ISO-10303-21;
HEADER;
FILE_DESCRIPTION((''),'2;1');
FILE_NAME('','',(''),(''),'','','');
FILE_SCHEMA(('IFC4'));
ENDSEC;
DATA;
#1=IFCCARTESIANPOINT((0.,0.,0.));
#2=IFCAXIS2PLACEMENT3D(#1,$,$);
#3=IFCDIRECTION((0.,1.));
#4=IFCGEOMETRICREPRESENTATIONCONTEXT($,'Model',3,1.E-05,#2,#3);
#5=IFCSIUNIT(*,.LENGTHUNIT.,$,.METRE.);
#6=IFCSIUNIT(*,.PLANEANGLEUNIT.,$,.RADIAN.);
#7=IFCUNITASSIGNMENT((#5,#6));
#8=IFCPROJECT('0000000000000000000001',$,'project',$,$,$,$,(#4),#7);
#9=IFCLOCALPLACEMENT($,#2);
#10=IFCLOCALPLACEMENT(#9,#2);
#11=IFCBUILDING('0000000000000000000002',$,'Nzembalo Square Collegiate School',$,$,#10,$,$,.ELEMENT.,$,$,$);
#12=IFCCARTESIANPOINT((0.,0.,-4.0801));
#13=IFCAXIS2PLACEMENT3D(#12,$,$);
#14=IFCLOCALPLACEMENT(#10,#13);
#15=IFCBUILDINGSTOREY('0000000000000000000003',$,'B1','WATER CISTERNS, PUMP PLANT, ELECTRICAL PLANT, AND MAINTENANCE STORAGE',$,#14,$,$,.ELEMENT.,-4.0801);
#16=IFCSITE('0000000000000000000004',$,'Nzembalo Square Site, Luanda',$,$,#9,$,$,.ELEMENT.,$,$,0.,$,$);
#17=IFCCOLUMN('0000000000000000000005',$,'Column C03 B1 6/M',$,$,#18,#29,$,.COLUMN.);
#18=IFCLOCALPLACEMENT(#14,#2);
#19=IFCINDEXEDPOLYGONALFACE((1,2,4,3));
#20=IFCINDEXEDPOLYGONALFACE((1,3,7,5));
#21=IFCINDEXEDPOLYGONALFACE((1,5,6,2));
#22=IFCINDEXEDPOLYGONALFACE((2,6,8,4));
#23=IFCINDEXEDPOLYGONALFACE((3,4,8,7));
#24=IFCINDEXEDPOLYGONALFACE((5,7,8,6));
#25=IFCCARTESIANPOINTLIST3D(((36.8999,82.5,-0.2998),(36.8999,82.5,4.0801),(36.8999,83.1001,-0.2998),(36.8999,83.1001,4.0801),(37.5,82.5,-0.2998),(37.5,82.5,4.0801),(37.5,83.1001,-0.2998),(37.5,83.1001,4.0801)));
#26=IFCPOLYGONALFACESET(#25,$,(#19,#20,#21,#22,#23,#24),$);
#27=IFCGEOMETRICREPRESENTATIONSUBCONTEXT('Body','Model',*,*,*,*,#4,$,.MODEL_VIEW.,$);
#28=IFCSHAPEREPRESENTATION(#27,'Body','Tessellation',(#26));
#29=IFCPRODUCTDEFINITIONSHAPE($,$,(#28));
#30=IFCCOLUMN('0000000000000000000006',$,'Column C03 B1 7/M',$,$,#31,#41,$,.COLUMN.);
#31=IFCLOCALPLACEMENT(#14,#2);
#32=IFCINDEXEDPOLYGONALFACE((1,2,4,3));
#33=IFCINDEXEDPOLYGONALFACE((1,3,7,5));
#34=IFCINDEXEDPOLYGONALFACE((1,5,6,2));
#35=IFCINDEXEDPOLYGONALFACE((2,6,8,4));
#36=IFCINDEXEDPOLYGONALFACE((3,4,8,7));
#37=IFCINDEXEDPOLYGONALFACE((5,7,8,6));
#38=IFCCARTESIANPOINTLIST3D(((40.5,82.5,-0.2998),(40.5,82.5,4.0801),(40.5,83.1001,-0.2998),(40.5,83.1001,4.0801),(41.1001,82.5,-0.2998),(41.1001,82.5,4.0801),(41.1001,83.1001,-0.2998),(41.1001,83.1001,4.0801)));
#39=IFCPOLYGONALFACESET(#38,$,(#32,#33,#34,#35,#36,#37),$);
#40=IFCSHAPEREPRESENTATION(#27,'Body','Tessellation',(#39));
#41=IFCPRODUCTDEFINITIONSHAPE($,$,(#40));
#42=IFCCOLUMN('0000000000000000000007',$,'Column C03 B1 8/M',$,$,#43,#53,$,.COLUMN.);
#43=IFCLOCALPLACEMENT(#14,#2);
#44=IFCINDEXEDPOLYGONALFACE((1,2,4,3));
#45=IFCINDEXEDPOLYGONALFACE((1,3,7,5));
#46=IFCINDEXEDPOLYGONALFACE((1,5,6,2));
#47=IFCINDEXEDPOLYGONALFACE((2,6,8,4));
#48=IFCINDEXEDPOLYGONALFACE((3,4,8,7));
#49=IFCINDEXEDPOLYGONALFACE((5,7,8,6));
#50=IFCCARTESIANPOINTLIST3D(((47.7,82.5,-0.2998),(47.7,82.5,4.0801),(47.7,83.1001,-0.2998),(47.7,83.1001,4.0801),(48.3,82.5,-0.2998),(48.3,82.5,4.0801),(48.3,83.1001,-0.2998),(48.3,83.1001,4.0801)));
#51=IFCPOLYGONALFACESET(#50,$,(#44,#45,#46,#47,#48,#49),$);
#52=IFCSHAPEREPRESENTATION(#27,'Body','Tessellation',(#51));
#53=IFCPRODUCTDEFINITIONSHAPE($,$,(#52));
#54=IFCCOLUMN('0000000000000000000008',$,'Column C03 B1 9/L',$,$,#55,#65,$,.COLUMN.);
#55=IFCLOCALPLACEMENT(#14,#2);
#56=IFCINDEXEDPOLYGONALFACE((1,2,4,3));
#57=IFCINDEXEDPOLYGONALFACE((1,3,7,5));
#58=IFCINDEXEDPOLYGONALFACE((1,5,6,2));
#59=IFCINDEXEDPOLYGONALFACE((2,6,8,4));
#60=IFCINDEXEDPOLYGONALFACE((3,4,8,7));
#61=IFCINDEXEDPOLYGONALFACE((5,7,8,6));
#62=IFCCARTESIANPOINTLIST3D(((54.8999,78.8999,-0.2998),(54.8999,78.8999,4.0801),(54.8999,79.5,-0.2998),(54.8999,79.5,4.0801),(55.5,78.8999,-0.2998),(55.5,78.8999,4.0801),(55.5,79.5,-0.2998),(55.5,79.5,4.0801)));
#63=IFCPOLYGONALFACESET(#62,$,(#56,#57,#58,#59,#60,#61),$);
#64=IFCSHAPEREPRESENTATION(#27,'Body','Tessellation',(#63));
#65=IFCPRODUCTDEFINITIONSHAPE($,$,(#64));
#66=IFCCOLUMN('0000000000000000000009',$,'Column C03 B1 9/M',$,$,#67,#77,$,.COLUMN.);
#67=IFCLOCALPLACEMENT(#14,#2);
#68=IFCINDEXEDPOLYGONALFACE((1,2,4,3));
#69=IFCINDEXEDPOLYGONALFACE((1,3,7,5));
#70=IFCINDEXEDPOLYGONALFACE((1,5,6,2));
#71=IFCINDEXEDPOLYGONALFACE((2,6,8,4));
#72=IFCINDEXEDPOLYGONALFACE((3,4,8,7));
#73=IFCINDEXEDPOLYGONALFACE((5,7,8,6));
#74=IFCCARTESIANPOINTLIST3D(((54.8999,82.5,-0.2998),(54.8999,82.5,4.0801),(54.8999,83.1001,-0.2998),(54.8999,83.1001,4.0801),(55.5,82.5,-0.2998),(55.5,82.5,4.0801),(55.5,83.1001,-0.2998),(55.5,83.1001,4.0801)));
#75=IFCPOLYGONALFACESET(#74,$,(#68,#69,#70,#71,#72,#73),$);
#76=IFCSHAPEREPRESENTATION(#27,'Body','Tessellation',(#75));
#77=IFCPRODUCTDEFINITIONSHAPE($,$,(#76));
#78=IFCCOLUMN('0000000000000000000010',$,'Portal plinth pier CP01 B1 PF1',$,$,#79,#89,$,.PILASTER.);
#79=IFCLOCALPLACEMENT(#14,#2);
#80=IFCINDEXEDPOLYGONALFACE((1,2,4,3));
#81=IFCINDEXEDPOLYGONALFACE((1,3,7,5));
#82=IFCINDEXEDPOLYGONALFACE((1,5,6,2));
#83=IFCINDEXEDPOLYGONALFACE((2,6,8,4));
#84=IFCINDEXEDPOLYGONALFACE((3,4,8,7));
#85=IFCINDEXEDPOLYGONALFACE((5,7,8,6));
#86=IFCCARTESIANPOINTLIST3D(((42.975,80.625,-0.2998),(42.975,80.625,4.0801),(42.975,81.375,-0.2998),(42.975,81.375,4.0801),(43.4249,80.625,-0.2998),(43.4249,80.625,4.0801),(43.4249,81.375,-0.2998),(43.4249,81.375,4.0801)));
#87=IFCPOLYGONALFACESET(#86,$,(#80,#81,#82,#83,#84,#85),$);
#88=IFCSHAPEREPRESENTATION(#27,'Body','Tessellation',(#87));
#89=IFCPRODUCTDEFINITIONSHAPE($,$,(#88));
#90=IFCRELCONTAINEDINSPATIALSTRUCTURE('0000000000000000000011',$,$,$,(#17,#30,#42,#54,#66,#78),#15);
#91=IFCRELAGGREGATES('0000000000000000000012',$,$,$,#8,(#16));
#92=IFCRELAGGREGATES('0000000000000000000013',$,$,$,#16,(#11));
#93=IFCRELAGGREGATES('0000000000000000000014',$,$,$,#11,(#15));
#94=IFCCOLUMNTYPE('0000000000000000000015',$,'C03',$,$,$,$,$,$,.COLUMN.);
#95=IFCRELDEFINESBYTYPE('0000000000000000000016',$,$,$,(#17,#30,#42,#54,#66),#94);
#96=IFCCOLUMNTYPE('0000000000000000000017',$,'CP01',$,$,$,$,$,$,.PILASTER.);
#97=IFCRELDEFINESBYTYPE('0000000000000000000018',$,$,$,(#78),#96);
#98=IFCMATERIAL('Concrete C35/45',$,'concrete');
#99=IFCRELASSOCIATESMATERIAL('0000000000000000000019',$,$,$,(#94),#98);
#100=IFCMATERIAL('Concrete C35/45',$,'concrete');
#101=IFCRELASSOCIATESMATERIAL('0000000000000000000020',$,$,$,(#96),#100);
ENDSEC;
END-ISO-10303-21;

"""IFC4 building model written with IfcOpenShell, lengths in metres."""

from ifc_helpers import new_model, si_unit, direction, frame, origin, origin_2d, place, context, subcontext, project, spatial, rectangle, extrude, material, material_profile, profile_set, type_object, element, save


model = new_model("IFC4")

# Units and contexts
model_context = context("Model", 3, precision=1e-05, world=origin(), true_north=direction((0.0, 1.0)))
body_context = subcontext(model_context, "Body", "Model", "MODEL_VIEW")
ifc_project = project(units=[si_unit("LENGTHUNIT", "METRE"), si_unit("PLANEANGLEUNIT", "RADIAN")], contexts=[model_context])

# Site, building, storey
site_placement = place(None, origin())
site = spatial("IfcSite", under=ifc_project, at=site_placement, Name="Nzembalo Square Site, Luanda", CompositionType="ELEMENT", RefElevation=0.0)
building_placement = place(site_placement, origin())
building = spatial("IfcBuilding", under=site, at=building_placement, Name="Nzembalo Square Collegiate School", CompositionType="ELEMENT")
storey_placement = place(building_placement, frame((0.0, 0.0, -4.0801)))
storey = spatial("IfcBuildingStorey", under=building, at=storey_placement, Name="B1", Description="WATER CISTERNS, PUMP PLANT, ELECTRICAL PLANT, AND MAINTENANCE STORAGE", CompositionType="ELEMENT", Elevation=-4.0801)

# Columns
ifc_material_1 = material(Name="Concrete C35/45", Category="concrete")
ifc_material_profile_1 = material_profile(ifc_material_1, rectangle(XDim=0.6001, YDim=0.6001, at=origin_2d()), Name="RC 600x600")
ifc_profile_set_1 = profile_set([ifc_material_profile_1], Name="Concrete C35/45")
column_type_1 = type_object("IfcColumnType", Name="C03", PredefinedType="COLUMN", material=ifc_profile_set_1)
for number, where, z_axis, x_axis, name in (
    (1, (37.2, 82.8, -0.2998), (0.0, 0.0, 1.0), (1.0, 0.0, 0.0), "Column C03 B1 6/M"),
    (2, (40.8, 82.8, -0.2998), (0.0, 0.0, 1.0), (1.0, 0.0, 0.0), "Column C03 B1 7/M"),
    (3, (48.0, 82.8, -0.2998), (0.0, 0.0, 1.0), (1.0, 0.0, 0.0), "Column C03 B1 8/M"),
    (4, (55.2, 79.2, -0.2998), (0.0, 0.0, 1.0), (1.0, 0.0, 0.0), "Column C03 B1 9/L"),
    (5, (55.2, 82.8, -0.2998), (0.0, 0.0, 1.0), (1.0, 0.0, 0.0), "Column C03 B1 9/M"),
):
    element("IfcColumn", number, at=place(storey_placement, frame(where, z_axis=z_axis, x_axis=x_axis)), inside=storey, type_object=column_type_1, Name=name, PredefinedType="COLUMN", context=body_context, shape_type="SweptSolid", body=[
        extrude(rectangle(XDim=0.6001, YDim=0.6001, at=origin_2d()), origin(), (0.0, 0.0, 1.0), 4.3799),
    ])
ifc_material_2 = material(Name="Concrete C35/45", Category="concrete")
ifc_material_profile_2 = material_profile(ifc_material_2, rectangle(XDim=0.45, YDim=0.75, at=origin_2d()), Name="RC 450x750")
ifc_profile_set_2 = profile_set([ifc_material_profile_2], Name="Concrete C35/45")
column_type_2 = type_object("IfcColumnType", Name="CP01", PredefinedType="PILASTER", material=ifc_profile_set_2)
column_placement = place(storey_placement, frame((43.2, 81.0, -0.2998), z_axis=(0.0, 0.0, 1.0), x_axis=(1.0, 0.0, 0.0)))
element("IfcColumn", 6, at=column_placement, inside=storey, type_object=column_type_2, Name="Portal plinth pier CP01 B1 PF1", PredefinedType="PILASTER", context=body_context, shape_type="SweptSolid", body=[
    extrude(rectangle(XDim=0.45, YDim=0.75, at=origin_2d()), origin(), (0.0, 0.0, 1.0), 4.3799),
])

save(model, "model.ifc")
